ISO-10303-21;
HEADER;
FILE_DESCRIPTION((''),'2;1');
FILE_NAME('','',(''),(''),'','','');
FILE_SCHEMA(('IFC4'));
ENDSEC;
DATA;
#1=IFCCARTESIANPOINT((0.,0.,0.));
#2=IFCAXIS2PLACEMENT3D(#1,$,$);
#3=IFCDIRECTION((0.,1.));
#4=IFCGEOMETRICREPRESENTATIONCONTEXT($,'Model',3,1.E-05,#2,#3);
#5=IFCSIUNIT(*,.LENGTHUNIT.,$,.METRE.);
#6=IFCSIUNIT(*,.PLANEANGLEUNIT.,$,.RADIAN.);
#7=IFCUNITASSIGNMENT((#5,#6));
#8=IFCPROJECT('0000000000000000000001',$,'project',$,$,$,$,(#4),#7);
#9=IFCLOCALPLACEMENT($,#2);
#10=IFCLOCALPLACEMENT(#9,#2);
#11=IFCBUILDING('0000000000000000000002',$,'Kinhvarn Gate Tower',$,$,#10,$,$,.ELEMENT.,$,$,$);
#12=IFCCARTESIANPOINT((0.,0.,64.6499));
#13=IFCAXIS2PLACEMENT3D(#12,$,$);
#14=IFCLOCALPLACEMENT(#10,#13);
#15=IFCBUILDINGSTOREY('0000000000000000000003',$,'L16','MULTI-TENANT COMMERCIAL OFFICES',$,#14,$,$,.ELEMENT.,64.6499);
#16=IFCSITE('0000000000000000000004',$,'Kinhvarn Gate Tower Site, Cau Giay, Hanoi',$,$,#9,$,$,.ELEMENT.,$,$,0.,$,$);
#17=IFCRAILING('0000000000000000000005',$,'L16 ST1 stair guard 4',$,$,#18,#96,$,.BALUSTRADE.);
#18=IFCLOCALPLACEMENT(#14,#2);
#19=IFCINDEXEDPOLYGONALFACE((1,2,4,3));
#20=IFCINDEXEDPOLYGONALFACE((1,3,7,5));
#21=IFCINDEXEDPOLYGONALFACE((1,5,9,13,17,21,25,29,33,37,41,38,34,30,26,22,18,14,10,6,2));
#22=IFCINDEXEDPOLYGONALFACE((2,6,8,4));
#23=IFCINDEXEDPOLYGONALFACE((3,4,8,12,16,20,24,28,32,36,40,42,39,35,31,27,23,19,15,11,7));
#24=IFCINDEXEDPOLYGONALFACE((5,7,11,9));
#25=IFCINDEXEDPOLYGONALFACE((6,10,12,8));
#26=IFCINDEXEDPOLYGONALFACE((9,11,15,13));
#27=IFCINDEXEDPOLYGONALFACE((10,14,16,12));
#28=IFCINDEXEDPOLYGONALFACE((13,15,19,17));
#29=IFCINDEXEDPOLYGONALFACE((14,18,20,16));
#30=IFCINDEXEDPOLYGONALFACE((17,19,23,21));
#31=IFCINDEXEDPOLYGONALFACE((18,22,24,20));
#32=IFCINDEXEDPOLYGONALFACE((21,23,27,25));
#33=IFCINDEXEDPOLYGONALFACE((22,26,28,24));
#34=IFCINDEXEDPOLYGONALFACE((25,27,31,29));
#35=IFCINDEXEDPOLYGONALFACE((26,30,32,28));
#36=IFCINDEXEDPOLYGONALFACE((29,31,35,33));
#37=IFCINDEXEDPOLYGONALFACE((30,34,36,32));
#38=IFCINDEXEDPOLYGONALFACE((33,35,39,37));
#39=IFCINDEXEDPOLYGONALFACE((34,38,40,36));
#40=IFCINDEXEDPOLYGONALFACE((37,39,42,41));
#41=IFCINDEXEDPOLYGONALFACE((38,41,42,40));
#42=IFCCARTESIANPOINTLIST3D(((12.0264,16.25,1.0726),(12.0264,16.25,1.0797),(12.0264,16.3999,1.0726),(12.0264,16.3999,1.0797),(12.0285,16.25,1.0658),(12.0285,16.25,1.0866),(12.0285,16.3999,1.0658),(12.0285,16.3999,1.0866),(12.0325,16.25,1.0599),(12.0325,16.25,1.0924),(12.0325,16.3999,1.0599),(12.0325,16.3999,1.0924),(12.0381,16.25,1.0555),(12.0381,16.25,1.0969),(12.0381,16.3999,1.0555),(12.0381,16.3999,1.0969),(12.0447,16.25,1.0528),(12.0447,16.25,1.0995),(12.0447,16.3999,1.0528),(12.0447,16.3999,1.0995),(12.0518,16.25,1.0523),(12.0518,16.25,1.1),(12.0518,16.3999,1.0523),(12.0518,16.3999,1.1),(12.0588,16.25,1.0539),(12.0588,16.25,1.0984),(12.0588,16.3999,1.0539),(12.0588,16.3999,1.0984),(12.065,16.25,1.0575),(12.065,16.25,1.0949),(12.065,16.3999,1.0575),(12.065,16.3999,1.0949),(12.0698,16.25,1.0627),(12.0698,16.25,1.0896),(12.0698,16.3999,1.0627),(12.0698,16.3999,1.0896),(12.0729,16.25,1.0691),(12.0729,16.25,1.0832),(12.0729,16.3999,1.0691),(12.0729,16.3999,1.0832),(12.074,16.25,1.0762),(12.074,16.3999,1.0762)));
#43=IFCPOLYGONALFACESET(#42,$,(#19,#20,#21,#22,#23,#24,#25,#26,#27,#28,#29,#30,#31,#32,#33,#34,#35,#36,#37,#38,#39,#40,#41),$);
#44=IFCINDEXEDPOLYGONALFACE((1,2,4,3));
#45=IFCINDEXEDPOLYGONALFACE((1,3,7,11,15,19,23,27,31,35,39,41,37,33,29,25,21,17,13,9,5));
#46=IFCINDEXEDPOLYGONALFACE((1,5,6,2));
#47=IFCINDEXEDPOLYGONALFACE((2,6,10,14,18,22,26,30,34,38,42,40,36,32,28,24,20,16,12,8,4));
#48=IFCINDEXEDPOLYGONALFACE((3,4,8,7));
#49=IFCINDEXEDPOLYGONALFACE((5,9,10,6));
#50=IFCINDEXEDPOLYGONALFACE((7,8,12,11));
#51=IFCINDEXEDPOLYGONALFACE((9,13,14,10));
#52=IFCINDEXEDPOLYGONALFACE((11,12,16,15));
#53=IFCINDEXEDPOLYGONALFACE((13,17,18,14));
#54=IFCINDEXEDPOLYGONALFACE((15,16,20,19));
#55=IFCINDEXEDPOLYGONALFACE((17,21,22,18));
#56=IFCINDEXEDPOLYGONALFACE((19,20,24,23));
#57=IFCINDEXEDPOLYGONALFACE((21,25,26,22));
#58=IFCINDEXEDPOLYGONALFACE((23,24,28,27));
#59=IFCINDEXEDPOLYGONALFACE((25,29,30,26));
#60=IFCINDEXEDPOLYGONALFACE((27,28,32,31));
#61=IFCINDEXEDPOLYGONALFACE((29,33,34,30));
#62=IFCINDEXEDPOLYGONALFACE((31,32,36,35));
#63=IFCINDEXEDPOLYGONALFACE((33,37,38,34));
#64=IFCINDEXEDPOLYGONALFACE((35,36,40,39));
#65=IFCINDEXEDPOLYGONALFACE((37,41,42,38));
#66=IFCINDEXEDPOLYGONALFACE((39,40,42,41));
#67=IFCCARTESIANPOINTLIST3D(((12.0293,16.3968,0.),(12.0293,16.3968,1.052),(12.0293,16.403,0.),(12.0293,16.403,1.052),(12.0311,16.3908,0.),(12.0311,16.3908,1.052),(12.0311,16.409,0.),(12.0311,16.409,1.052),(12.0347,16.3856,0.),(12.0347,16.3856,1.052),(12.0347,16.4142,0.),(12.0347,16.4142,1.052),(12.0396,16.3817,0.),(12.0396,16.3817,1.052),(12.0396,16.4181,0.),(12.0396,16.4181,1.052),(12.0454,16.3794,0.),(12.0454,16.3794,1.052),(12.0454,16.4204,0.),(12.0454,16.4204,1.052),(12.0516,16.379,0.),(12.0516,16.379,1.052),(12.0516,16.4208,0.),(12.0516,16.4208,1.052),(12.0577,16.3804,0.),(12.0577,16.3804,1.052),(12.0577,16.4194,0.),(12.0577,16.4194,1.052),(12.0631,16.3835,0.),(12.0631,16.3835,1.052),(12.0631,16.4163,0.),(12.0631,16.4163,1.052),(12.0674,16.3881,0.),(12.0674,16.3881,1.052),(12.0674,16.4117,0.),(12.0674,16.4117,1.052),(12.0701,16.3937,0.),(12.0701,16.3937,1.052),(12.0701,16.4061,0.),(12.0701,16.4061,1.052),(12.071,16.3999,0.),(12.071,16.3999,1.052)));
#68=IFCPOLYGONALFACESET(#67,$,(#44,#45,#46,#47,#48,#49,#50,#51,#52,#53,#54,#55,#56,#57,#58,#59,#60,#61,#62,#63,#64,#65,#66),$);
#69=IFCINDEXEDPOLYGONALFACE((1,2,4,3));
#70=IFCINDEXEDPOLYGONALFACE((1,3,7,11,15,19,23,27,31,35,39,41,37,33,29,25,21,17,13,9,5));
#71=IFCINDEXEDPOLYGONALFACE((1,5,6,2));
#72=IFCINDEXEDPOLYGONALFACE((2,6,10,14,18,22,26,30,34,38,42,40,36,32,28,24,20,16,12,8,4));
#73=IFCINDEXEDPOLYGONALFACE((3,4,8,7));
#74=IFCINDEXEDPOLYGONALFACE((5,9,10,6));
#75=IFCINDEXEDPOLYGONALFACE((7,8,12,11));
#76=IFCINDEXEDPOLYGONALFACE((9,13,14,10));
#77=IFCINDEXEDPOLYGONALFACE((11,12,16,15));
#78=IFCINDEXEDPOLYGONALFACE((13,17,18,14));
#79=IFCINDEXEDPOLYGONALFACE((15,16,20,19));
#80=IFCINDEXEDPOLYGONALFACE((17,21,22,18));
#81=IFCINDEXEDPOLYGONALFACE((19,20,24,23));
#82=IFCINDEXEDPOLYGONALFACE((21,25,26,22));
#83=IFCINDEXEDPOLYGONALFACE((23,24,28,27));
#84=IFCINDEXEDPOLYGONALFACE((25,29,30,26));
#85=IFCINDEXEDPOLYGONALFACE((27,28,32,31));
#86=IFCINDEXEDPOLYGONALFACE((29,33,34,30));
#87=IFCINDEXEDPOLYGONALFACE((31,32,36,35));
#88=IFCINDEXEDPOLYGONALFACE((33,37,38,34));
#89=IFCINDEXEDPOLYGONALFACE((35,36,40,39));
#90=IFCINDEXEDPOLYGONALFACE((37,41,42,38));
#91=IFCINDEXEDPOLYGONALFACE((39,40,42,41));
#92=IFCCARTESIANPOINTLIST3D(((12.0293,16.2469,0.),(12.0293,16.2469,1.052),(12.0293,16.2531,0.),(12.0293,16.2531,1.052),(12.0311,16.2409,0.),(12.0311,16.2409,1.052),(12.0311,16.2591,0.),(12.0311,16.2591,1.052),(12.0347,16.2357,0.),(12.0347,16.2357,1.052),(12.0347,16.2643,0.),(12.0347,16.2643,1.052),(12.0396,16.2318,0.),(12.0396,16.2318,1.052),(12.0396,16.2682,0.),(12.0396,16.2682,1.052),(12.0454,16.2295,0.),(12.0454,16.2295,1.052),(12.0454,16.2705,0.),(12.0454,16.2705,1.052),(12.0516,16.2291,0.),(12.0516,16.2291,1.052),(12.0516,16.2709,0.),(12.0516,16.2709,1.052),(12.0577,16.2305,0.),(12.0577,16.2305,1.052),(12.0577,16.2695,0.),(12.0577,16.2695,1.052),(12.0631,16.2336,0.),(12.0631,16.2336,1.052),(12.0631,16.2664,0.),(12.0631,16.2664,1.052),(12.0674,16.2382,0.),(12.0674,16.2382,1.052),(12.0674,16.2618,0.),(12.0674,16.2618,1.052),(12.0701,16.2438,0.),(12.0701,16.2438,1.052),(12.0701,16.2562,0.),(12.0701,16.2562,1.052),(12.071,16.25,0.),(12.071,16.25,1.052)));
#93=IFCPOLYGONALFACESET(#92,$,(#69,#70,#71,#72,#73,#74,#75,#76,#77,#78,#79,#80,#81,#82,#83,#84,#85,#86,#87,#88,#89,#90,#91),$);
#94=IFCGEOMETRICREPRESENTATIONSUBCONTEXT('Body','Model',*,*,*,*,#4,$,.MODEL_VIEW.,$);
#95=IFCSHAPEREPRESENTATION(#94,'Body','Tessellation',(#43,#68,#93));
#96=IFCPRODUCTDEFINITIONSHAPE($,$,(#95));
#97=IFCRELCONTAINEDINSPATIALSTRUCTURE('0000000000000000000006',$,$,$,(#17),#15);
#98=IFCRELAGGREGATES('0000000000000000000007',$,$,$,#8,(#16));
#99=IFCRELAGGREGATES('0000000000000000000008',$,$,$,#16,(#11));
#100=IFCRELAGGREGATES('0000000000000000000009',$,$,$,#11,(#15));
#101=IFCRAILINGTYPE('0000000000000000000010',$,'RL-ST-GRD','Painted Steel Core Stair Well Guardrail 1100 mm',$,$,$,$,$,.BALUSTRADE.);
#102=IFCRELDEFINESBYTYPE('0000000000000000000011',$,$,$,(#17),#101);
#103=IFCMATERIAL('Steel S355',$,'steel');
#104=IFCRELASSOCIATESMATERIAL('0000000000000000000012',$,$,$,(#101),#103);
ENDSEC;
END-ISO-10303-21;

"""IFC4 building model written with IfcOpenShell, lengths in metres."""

from ifc_helpers import new_model, si_unit, direction, frame, origin, origin_2d, place, context, subcontext, project, spatial, circle, extrude, material, type_object, element, save


model = new_model("IFC4")

# Units and contexts
model_context = context("Model", 3, precision=1e-05, world=origin(), true_north=direction((0.0, 1.0)))
body_context = subcontext(model_context, "Body", "Model", "MODEL_VIEW")
ifc_project = project(units=[si_unit("LENGTHUNIT", "METRE"), si_unit("PLANEANGLEUNIT", "RADIAN")], contexts=[model_context])

# Site, building, storey
site_placement = place(None, origin())
site = spatial("IfcSite", under=ifc_project, at=site_placement, Name="Kinhvarn Gate Tower Site, Cau Giay, Hanoi", CompositionType="ELEMENT", RefElevation=0.0)
building_placement = place(site_placement, origin())
building = spatial("IfcBuilding", under=site, at=building_placement, Name="Kinhvarn Gate Tower", CompositionType="ELEMENT")
storey_placement = place(building_placement, frame((0.0, 0.0, 64.6499)))
storey = spatial("IfcBuildingStorey", under=building, at=storey_placement, Name="L16", Description="MULTI-TENANT COMMERCIAL OFFICES", CompositionType="ELEMENT", Elevation=64.6499)

# Shared definitions
ifc_material_1 = material(Name="Steel S355", Category="steel")

# Railing
railing_type_1 = type_object("IfcRailingType", Name="RL-ST-GRD", Description="Painted Steel Core Stair Well Guardrail 1100 mm", PredefinedType="BALUSTRADE", material=ifc_material_1)
railing_1_placement = place(storey_placement, frame((12.05, 16.3999, 0.0)))
element("IfcRailing", 1, at=railing_1_placement, inside=storey, type_object=railing_type_1, Name="L16 ST1 stair guard 4", PredefinedType="BALUSTRADE", context=body_context, shape_type="SweptSolid", body=[
    extrude(circle(Radius=0.0239, at=origin_2d()), frame((0.0, 0.0, 1.0762), z_axis=(0.0, -1.0, 0.0), x_axis=(1.0, 0.0, 0.0)), (0.0, 0.0, 1.0), 0.1499),
    extrude(circle(Radius=0.021, at=origin_2d()), origin(), (0.0, 0.0, 1.0), 1.052),
    extrude(circle(Radius=0.021, at=origin_2d()), frame((0.0, -0.1499, 0.0)), (0.0, 0.0, 1.0), 1.052),
])

save(model, "model.ifc")
